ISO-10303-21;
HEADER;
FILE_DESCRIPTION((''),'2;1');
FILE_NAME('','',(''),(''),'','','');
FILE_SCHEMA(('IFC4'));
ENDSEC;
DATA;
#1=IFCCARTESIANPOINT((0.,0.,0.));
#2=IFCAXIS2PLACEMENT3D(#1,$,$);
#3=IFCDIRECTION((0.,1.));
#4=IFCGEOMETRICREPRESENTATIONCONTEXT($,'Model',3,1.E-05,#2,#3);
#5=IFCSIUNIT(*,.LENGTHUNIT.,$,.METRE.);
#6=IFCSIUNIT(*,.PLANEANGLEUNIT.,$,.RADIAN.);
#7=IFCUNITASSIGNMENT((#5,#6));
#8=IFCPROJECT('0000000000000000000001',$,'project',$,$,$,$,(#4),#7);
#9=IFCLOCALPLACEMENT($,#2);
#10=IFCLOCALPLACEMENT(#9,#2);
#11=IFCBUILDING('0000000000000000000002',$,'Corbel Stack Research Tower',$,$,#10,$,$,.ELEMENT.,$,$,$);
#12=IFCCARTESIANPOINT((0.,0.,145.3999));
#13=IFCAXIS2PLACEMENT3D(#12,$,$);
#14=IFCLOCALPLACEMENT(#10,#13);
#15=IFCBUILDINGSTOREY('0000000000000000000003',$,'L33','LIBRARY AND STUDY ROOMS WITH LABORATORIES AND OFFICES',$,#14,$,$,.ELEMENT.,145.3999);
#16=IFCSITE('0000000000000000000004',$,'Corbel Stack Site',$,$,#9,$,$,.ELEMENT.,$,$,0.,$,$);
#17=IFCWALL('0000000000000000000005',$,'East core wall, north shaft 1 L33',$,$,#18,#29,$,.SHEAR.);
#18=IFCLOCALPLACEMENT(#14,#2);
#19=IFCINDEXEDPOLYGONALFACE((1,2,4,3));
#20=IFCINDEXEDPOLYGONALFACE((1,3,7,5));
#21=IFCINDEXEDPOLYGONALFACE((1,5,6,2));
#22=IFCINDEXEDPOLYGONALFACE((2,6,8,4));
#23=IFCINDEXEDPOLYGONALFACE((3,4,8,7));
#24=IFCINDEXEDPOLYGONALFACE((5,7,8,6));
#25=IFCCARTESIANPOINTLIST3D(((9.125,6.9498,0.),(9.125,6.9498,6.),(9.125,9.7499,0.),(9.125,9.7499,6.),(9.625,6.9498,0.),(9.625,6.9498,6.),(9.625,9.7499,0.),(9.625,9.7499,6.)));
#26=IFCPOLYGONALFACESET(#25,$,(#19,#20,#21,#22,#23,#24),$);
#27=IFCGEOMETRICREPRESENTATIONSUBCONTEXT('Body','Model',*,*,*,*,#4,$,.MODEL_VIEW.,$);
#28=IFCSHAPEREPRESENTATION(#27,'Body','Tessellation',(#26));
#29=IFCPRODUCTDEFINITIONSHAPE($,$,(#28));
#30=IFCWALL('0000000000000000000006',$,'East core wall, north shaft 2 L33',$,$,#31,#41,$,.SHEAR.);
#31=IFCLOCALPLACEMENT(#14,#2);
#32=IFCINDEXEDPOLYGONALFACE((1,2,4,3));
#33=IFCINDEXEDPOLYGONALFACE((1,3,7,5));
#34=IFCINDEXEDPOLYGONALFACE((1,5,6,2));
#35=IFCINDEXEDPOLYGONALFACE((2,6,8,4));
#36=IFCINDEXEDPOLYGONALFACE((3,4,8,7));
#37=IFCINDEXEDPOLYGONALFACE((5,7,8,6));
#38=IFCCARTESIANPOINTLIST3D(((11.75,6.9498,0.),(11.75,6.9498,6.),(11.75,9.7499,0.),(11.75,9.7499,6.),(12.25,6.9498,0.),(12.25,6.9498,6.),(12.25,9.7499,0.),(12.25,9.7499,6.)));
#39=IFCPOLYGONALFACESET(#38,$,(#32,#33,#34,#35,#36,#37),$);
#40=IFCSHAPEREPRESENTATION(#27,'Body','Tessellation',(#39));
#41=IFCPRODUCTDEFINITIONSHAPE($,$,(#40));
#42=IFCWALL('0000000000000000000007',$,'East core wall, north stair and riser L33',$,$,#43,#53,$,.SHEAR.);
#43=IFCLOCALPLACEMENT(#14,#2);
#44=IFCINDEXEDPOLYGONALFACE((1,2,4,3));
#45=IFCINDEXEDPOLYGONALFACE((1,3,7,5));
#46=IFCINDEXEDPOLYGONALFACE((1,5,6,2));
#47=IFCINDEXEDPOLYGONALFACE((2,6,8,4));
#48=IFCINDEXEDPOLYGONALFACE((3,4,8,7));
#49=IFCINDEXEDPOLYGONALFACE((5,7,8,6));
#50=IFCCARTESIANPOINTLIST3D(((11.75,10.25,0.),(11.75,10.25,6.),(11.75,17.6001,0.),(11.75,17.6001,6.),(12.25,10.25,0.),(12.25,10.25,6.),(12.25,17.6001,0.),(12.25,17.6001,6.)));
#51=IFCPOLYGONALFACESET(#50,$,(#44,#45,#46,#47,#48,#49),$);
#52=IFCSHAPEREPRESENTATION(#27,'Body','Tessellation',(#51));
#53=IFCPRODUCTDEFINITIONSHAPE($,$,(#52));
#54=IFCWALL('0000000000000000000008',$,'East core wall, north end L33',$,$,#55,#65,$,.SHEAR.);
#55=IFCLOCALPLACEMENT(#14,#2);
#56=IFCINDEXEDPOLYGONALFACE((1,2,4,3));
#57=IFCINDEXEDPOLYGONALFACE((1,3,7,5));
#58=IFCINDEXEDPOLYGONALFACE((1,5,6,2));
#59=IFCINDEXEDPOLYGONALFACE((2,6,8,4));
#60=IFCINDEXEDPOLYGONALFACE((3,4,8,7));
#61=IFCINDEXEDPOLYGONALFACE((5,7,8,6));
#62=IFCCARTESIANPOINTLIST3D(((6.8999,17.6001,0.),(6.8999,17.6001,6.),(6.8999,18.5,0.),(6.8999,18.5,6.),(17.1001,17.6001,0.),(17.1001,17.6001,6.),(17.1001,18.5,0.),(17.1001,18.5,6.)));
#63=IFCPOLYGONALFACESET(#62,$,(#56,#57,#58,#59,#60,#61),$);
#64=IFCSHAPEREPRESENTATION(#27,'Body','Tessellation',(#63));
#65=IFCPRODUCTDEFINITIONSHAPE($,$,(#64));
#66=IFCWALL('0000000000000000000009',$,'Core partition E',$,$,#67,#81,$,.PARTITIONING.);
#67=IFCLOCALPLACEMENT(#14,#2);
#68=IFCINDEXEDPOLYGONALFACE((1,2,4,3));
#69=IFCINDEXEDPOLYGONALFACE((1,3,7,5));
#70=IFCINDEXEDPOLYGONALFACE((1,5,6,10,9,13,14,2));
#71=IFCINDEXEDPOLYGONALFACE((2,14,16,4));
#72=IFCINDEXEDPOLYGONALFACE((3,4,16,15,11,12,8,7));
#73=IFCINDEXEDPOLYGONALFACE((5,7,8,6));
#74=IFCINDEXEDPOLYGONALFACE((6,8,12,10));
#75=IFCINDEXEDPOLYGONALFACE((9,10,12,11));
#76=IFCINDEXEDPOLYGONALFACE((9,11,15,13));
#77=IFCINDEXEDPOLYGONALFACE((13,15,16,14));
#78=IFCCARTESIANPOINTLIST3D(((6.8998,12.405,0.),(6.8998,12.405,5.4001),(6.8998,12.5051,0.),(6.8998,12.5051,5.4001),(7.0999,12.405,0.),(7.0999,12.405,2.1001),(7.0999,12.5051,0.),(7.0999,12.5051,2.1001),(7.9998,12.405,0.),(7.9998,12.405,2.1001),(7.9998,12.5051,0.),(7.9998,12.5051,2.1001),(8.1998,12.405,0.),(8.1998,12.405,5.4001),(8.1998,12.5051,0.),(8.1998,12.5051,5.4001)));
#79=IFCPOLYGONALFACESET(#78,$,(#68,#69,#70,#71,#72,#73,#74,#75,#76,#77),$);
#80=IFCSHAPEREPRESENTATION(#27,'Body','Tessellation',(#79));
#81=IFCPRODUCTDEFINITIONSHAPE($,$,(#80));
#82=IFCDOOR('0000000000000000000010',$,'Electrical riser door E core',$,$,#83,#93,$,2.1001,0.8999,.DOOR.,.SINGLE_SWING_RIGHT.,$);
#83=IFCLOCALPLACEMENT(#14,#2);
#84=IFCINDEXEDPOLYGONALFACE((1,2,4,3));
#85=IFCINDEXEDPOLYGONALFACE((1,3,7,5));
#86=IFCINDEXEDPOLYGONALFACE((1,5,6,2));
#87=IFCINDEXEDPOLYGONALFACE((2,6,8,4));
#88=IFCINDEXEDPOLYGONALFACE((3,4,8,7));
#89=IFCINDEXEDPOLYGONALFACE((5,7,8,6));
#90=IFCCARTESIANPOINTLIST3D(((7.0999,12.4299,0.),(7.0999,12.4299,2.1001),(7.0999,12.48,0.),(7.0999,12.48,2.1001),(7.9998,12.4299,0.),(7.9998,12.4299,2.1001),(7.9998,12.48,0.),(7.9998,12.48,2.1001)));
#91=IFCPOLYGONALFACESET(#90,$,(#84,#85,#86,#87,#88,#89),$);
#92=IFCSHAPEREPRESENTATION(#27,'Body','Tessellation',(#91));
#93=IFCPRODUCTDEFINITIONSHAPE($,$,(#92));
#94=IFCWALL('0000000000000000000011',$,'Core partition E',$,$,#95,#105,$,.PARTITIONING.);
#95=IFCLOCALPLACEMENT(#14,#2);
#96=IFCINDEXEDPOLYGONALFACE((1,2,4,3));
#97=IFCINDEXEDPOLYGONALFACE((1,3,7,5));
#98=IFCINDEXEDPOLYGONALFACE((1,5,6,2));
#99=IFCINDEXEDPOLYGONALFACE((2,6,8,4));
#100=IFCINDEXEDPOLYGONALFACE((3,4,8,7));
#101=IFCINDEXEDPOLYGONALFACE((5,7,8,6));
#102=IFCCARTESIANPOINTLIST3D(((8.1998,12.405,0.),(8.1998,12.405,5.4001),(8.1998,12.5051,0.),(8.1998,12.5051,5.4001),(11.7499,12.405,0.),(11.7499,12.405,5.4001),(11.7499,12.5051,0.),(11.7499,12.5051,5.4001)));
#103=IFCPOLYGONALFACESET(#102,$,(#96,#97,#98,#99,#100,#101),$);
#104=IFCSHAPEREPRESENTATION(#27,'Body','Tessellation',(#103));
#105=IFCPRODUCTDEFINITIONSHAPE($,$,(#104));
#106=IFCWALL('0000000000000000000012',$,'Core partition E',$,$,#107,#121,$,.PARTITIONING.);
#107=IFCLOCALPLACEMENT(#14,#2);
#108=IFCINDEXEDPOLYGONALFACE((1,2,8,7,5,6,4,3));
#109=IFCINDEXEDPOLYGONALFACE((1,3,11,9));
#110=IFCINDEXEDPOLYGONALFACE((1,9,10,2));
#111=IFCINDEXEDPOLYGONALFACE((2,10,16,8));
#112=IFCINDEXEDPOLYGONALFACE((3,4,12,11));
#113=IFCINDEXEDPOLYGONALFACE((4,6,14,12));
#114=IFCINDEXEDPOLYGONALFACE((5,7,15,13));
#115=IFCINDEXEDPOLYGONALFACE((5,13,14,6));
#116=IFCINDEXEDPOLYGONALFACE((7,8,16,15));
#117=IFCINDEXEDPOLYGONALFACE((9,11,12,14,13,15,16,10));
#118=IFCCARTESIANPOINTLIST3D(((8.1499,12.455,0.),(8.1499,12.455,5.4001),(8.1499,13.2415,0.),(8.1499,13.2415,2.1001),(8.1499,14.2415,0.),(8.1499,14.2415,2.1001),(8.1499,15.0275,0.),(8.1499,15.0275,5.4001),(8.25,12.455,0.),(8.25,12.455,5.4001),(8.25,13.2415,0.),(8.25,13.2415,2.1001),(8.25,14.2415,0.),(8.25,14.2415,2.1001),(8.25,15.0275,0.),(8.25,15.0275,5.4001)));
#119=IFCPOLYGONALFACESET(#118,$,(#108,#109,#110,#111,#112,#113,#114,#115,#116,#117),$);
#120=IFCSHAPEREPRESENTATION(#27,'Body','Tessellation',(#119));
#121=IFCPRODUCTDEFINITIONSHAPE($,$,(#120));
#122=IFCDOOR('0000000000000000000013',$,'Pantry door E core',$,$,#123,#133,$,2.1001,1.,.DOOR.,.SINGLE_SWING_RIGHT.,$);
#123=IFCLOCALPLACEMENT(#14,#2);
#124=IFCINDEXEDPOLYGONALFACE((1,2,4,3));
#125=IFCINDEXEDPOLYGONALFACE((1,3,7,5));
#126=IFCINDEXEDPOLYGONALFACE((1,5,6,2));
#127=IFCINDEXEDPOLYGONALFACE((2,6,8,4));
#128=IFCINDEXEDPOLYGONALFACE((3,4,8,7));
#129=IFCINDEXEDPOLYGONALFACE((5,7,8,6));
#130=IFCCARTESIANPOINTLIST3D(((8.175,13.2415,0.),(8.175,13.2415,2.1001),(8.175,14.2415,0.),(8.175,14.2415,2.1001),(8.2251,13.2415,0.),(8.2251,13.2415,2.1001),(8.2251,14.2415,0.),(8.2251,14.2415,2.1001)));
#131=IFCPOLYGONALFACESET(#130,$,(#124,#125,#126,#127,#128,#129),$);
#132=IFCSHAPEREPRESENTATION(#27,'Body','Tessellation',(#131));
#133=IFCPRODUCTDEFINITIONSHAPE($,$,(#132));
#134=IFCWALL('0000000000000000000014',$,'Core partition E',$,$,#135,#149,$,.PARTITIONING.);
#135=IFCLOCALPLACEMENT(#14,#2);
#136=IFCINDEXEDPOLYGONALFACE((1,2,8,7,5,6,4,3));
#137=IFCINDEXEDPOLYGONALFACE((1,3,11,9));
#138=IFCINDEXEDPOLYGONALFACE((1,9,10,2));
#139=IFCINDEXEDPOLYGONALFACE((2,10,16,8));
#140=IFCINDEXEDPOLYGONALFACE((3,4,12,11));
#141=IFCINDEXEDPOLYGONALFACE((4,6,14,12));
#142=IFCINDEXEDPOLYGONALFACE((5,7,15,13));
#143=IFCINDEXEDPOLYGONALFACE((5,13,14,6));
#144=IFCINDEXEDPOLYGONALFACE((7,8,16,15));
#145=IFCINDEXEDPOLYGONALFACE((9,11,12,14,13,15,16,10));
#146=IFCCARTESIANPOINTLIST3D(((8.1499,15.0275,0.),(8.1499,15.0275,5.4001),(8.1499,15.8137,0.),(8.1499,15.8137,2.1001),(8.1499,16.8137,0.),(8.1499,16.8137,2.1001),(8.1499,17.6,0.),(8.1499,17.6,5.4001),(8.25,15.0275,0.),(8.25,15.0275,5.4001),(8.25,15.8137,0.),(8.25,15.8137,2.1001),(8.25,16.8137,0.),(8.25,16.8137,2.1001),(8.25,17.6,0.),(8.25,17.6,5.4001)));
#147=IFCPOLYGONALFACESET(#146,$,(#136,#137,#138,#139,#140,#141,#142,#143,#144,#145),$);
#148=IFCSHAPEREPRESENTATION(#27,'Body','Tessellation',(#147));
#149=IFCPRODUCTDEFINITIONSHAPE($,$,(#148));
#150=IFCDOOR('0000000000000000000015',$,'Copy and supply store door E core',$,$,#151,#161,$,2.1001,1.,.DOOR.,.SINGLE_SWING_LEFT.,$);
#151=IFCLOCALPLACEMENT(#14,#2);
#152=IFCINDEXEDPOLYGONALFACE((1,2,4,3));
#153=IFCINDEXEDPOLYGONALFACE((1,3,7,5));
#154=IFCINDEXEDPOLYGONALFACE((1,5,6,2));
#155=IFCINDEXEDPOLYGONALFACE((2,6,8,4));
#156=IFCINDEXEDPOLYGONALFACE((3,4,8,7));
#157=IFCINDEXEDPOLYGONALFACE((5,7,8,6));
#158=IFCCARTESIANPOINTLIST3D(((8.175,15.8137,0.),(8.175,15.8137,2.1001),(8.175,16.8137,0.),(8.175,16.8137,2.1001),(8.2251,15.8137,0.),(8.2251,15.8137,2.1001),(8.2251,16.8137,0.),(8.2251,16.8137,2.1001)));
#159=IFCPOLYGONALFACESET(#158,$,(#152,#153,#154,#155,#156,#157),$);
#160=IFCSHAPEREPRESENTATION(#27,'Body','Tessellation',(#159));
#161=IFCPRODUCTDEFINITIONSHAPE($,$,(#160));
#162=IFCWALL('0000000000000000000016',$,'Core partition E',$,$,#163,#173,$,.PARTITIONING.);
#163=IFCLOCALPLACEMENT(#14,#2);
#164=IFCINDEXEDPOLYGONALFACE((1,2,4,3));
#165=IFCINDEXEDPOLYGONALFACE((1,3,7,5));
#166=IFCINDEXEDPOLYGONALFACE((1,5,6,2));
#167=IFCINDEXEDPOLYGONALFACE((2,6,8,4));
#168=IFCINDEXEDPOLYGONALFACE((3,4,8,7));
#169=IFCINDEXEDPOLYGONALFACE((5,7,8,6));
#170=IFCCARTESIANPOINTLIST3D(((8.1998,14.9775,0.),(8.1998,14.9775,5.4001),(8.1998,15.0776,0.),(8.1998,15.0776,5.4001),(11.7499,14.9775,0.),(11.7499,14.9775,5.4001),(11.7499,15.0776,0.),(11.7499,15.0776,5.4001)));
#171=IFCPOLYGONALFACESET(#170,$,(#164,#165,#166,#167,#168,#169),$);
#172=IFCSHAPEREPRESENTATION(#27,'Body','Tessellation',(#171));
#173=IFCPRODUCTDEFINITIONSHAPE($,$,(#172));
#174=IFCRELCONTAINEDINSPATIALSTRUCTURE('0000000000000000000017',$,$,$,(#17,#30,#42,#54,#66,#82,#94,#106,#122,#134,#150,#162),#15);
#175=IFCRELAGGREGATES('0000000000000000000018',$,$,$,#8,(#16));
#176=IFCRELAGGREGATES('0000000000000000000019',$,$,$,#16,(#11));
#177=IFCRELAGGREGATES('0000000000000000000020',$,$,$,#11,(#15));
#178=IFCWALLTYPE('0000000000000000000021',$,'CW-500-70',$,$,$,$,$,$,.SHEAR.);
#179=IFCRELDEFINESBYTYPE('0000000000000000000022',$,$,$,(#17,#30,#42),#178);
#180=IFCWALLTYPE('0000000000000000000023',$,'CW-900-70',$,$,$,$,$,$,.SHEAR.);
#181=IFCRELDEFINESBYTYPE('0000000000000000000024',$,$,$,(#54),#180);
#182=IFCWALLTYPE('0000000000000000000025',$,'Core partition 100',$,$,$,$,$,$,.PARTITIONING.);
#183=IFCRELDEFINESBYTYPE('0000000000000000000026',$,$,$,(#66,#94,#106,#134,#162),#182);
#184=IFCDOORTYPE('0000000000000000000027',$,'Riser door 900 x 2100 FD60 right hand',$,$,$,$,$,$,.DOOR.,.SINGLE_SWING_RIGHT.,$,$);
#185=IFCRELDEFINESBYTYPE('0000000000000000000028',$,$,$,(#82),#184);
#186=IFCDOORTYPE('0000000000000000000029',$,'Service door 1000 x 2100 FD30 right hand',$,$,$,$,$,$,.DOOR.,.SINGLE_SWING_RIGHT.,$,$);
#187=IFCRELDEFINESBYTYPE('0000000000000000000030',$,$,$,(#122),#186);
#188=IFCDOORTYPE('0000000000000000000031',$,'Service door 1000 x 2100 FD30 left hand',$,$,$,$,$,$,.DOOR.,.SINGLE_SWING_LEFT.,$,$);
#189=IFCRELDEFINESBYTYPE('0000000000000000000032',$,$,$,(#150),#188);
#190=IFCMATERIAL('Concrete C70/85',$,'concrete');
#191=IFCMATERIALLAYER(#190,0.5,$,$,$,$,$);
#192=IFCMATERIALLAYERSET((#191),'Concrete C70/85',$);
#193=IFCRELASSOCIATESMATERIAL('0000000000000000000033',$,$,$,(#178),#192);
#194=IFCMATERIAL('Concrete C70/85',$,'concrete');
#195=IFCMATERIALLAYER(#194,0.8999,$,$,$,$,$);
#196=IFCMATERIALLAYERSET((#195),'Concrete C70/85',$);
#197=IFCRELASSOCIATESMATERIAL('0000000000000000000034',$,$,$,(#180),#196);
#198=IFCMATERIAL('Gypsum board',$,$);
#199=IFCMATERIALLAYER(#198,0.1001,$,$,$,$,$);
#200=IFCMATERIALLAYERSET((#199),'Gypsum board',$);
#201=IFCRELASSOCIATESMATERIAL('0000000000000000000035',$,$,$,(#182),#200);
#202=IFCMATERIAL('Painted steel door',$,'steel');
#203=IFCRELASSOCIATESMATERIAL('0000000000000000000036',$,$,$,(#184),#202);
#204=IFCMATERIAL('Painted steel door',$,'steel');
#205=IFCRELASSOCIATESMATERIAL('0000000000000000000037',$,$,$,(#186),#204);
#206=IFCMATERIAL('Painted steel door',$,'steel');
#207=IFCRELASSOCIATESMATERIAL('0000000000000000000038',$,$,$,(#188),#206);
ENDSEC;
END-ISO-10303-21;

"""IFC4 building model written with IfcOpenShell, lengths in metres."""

from ifc_helpers import new_model, si_unit, direction, frame, frame_2d, origin, place, context, subcontext, project, spatial, rectangle, extrude, material, layer, layer_set, type_object, element, fill, save


model = new_model("IFC4")

# Units and contexts
model_context = context("Model", 3, precision=1e-05, world=origin(), true_north=direction((0.0, 1.0)))
body_context = subcontext(model_context, "Body", "Model", "MODEL_VIEW")
ifc_project = project(units=[si_unit("LENGTHUNIT", "METRE"), si_unit("PLANEANGLEUNIT", "RADIAN")], contexts=[model_context])

# Site, building, storey
site_placement = place(None, origin())
site = spatial("IfcSite", under=ifc_project, at=site_placement, Name="Corbel Stack Site", CompositionType="ELEMENT", RefElevation=0.0)
building_placement = place(site_placement, origin())
building = spatial("IfcBuilding", under=site, at=building_placement, Name="Corbel Stack Research Tower", CompositionType="ELEMENT")
storey_placement = place(building_placement, frame((0.0, 0.0, 145.3999)))
storey = spatial("IfcBuildingStorey", under=building, at=storey_placement, Name="L33", Description="LIBRARY AND STUDY ROOMS WITH LABORATORIES AND OFFICES", CompositionType="ELEMENT", Elevation=145.3999)

# Shared definitions
ifc_material_1 = material(Name="Concrete C70/85", Category="concrete")
ifc_layer_1 = layer(ifc_material_1, 0.5)
ifc_layer_set_1 = layer_set([ifc_layer_1], Name="Concrete C70/85")
wall_type_1 = type_object("IfcWallType", Name="CW-500-70", PredefinedType="SHEAR", material=ifc_layer_set_1)

# Walls
for number, where, z_axis, x_axis, name in (
    (1, (9.375, 6.95, 0.0), (0.0, 0.0, 1.0), (0.0, 1.0, 0.0), "East core wall, north shaft 1 L33"),
    (2, (12.0, 6.95, 0.0), (0.0, 0.0, 1.0), (0.0, 1.0, 0.0), "East core wall, north shaft 2 L33"),
):
    element("IfcWall", number, at=place(storey_placement, frame(where, z_axis=z_axis, x_axis=x_axis)), inside=storey, type_object=wall_type_1, Name=name, PredefinedType="SHEAR", context=body_context, shape_type="SweptSolid", body=[
        extrude(rectangle(XDim=2.8, YDim=0.5, at=frame_2d((1.3999, 0.0))), origin(), (0.0, 0.0, 1.0), 6.0),
    ])
wall_1_placement = place(storey_placement, frame((12.0, 10.25, 0.0), z_axis=(0.0, 0.0, 1.0), x_axis=(0.0, 1.0, 0.0)))
element("IfcWall", 3, at=wall_1_placement, inside=storey, type_object=wall_type_1, Name="East core wall, north stair and riser L33", PredefinedType="SHEAR", context=body_context, shape_type="SweptSolid", body=[
    extrude(rectangle(XDim=7.3501, YDim=0.5, at=frame_2d((3.675, 0.0))), origin(), (0.0, 0.0, 1.0), 6.0),
])
ifc_material_2 = material(Name="Concrete C70/85", Category="concrete")
ifc_layer_2 = layer(ifc_material_2, 0.8999)
ifc_layer_set_2 = layer_set([ifc_layer_2], Name="Concrete C70/85")
wall_type_2 = type_object("IfcWallType", Name="CW-900-70", PredefinedType="SHEAR", material=ifc_layer_set_2)
wall_2_placement = place(storey_placement, frame((6.8999, 18.05, 0.0), z_axis=(0.0, 0.0, 1.0), x_axis=(1.0, 0.0, 0.0)))
element("IfcWall", 4, at=wall_2_placement, inside=storey, type_object=wall_type_2, Name="East core wall, north end L33", PredefinedType="SHEAR", context=body_context, shape_type="SweptSolid", body=[
    extrude(rectangle(XDim=10.2002, YDim=0.8999, at=frame_2d((5.1001, 0.0))), origin(), (0.0, 0.0, 1.0), 6.0),
])

# Wall, opening, door
ifc_material_3 = material(Name="Gypsum board")
ifc_layer_3 = layer(ifc_material_3, 0.1001)
ifc_layer_set_3 = layer_set([ifc_layer_3], Name="Gypsum board")
wall_type_3 = type_object("IfcWallType", Name="Core partition 100", PredefinedType="PARTITIONING", material=ifc_layer_set_3)
wall_3_placement = place(storey_placement, frame((6.8999, 12.4551, 0.0), z_axis=(0.0, 0.0, 1.0), x_axis=(1.0, 0.0, 0.0)))
wall_3 = element("IfcWall", 5, at=wall_3_placement, inside=storey, type_object=wall_type_3, Name="Core partition E", PredefinedType="PARTITIONING", context=body_context, shape_type="SweptSolid", body=[
    extrude(rectangle(XDim=1.3, YDim=0.1001, at=frame_2d((0.6499, 0.0))), origin(), (0.0, 0.0, 1.0), 5.4001),
])
opening_1_placement = place(wall_3_placement, frame((0.2, 0.0, 0.0)))
opening_1 = element("IfcOpeningElement", 6, at=opening_1_placement, cuts=wall_3, PredefinedType="OPENING", context=body_context, shape_type="SweptSolid", body=[
    extrude(rectangle(XDim=0.8999, YDim=2.1001, at=frame_2d((0.45, 1.05))), frame((0.0, 0.0601, 0.0), z_axis=(0.0, -1.0, 0.0), x_axis=(1.0, 0.0, 0.0)), (0.0, 0.0, 1.0), 0.1201),
])
ifc_material_4 = material(Name="Painted steel door", Category="steel")
door_type_1 = type_object("IfcDoorType", Name="Riser door 900 x 2100 FD60 right hand", OperationType="SINGLE_SWING_RIGHT", PredefinedType="DOOR", material=ifc_material_4)
door_1_placement = place(opening_1_placement, origin())
door_1 = element("IfcDoor", 7, at=door_1_placement, inside=storey, type_object=door_type_1, Name="Electrical riser door E core", OperationType="SINGLE_SWING_RIGHT", OverallHeight=2.1001, OverallWidth=0.8999, PredefinedType="DOOR", context=body_context, shape_type="SweptSolid", body=[
    extrude(rectangle(XDim=0.8999, YDim=2.1001, at=frame_2d((0.45, 1.05))), frame((0.0, 0.0249, 0.0), z_axis=(0.0, -1.0, 0.0), x_axis=(1.0, 0.0, 0.0)), (0.0, 0.0, 1.0), 0.05),
])
fill(opening_1, door_1)

# Wall
wall_4_placement = place(storey_placement, frame((8.2, 12.4551, 0.0), z_axis=(0.0, 0.0, 1.0), x_axis=(1.0, 0.0, 0.0)))
element("IfcWall", 8, at=wall_4_placement, inside=storey, type_object=wall_type_3, Name="Core partition E", PredefinedType="PARTITIONING", context=body_context, shape_type="SweptSolid", body=[
    extrude(rectangle(XDim=3.55, YDim=0.1001, at=frame_2d((1.7749, 0.0))), origin(), (0.0, 0.0, 1.0), 5.4001),
])

# Walls, openings, doors
wall_5_placement = place(storey_placement, frame((8.2, 12.4551, 0.0), z_axis=(0.0, 0.0, 1.0), x_axis=(0.0, 1.0, 0.0)))
wall_5 = element("IfcWall", 9, at=wall_5_placement, inside=storey, type_object=wall_type_3, Name="Core partition E", PredefinedType="PARTITIONING", context=body_context, shape_type="SweptSolid", body=[
    extrude(rectangle(XDim=2.5725, YDim=0.1001, at=frame_2d((1.2861, 0.0))), origin(), (0.0, 0.0, 1.0), 5.4001),
])
opening_2_placement = place(wall_5_placement, frame((0.7864, 0.0, 0.0)))
opening_2 = element("IfcOpeningElement", 10, at=opening_2_placement, cuts=wall_5, PredefinedType="OPENING", context=body_context, shape_type="SweptSolid", body=[
    extrude(rectangle(XDim=1.0, YDim=2.1001, at=frame_2d((0.5, 1.05))), frame((0.0, 0.0601, 0.0), z_axis=(0.0, -1.0, 0.0), x_axis=(1.0, 0.0, 0.0)), (0.0, 0.0, 1.0), 0.1201),
])
ifc_material_5 = material(Name="Painted steel door", Category="steel")
door_type_2 = type_object("IfcDoorType", Name="Service door 1000 x 2100 FD30 right hand", OperationType="SINGLE_SWING_RIGHT", PredefinedType="DOOR", material=ifc_material_5)
door_2_placement = place(opening_2_placement, origin())
door_2 = element("IfcDoor", 11, at=door_2_placement, inside=storey, type_object=door_type_2, Name="Pantry door E core", OperationType="SINGLE_SWING_RIGHT", OverallHeight=2.1001, OverallWidth=1.0, PredefinedType="DOOR", context=body_context, shape_type="SweptSolid", body=[
    extrude(rectangle(XDim=1.0, YDim=2.1001, at=frame_2d((0.5, 1.05))), frame((0.0, 0.0249, 0.0), z_axis=(0.0, -1.0, 0.0), x_axis=(1.0, 0.0, 0.0)), (0.0, 0.0, 1.0), 0.05),
])
fill(opening_2, door_2)
wall_6_placement = place(storey_placement, frame((8.2, 15.0276, 0.0), z_axis=(0.0, 0.0, 1.0), x_axis=(0.0, 1.0, 0.0)))
wall_6 = element("IfcWall", 12, at=wall_6_placement, inside=storey, type_object=wall_type_3, Name="Core partition E", PredefinedType="PARTITIONING", context=body_context, shape_type="SweptSolid", body=[
    extrude(rectangle(XDim=2.5725, YDim=0.1001, at=frame_2d((1.2861, 0.0))), origin(), (0.0, 0.0, 1.0), 5.4001),
])
opening_3_placement = place(wall_6_placement, frame((0.7861, 0.0, 0.0)))
opening_3 = element("IfcOpeningElement", 13, at=opening_3_placement, cuts=wall_6, PredefinedType="OPENING", context=body_context, shape_type="SweptSolid", body=[
    extrude(rectangle(XDim=1.0, YDim=2.1001, at=frame_2d((0.5, 1.05))), frame((0.0, 0.0601, 0.0), z_axis=(0.0, -1.0, 0.0), x_axis=(1.0, 0.0, 0.0)), (0.0, 0.0, 1.0), 0.1201),
])
ifc_material_6 = material(Name="Painted steel door", Category="steel")
door_type_3 = type_object("IfcDoorType", Name="Service door 1000 x 2100 FD30 left hand", OperationType="SINGLE_SWING_LEFT", PredefinedType="DOOR", material=ifc_material_6)
door_3_placement = place(opening_3_placement, origin())
door_3 = element("IfcDoor", 14, at=door_3_placement, inside=storey, type_object=door_type_3, Name="Copy and supply store door E core", OperationType="SINGLE_SWING_LEFT", OverallHeight=2.1001, OverallWidth=1.0, PredefinedType="DOOR", context=body_context, shape_type="SweptSolid", body=[
    extrude(rectangle(XDim=1.0, YDim=2.1001, at=frame_2d((0.5, 1.05))), frame((0.0, 0.0249, 0.0), z_axis=(0.0, -1.0, 0.0), x_axis=(1.0, 0.0, 0.0)), (0.0, 0.0, 1.0), 0.05),
])
fill(opening_3, door_3)

# Wall
wall_7_placement = place(storey_placement, frame((8.2, 15.0276, 0.0), z_axis=(0.0, 0.0, 1.0), x_axis=(1.0, 0.0, 0.0)))
element("IfcWall", 15, at=wall_7_placement, inside=storey, type_object=wall_type_3, Name="Core partition E", PredefinedType="PARTITIONING", context=body_context, shape_type="SweptSolid", body=[
    extrude(rectangle(XDim=3.55, YDim=0.1001, at=frame_2d((1.7749, 0.0))), origin(), (0.0, 0.0, 1.0), 5.4001),
])

save(model, "model.ifc")
